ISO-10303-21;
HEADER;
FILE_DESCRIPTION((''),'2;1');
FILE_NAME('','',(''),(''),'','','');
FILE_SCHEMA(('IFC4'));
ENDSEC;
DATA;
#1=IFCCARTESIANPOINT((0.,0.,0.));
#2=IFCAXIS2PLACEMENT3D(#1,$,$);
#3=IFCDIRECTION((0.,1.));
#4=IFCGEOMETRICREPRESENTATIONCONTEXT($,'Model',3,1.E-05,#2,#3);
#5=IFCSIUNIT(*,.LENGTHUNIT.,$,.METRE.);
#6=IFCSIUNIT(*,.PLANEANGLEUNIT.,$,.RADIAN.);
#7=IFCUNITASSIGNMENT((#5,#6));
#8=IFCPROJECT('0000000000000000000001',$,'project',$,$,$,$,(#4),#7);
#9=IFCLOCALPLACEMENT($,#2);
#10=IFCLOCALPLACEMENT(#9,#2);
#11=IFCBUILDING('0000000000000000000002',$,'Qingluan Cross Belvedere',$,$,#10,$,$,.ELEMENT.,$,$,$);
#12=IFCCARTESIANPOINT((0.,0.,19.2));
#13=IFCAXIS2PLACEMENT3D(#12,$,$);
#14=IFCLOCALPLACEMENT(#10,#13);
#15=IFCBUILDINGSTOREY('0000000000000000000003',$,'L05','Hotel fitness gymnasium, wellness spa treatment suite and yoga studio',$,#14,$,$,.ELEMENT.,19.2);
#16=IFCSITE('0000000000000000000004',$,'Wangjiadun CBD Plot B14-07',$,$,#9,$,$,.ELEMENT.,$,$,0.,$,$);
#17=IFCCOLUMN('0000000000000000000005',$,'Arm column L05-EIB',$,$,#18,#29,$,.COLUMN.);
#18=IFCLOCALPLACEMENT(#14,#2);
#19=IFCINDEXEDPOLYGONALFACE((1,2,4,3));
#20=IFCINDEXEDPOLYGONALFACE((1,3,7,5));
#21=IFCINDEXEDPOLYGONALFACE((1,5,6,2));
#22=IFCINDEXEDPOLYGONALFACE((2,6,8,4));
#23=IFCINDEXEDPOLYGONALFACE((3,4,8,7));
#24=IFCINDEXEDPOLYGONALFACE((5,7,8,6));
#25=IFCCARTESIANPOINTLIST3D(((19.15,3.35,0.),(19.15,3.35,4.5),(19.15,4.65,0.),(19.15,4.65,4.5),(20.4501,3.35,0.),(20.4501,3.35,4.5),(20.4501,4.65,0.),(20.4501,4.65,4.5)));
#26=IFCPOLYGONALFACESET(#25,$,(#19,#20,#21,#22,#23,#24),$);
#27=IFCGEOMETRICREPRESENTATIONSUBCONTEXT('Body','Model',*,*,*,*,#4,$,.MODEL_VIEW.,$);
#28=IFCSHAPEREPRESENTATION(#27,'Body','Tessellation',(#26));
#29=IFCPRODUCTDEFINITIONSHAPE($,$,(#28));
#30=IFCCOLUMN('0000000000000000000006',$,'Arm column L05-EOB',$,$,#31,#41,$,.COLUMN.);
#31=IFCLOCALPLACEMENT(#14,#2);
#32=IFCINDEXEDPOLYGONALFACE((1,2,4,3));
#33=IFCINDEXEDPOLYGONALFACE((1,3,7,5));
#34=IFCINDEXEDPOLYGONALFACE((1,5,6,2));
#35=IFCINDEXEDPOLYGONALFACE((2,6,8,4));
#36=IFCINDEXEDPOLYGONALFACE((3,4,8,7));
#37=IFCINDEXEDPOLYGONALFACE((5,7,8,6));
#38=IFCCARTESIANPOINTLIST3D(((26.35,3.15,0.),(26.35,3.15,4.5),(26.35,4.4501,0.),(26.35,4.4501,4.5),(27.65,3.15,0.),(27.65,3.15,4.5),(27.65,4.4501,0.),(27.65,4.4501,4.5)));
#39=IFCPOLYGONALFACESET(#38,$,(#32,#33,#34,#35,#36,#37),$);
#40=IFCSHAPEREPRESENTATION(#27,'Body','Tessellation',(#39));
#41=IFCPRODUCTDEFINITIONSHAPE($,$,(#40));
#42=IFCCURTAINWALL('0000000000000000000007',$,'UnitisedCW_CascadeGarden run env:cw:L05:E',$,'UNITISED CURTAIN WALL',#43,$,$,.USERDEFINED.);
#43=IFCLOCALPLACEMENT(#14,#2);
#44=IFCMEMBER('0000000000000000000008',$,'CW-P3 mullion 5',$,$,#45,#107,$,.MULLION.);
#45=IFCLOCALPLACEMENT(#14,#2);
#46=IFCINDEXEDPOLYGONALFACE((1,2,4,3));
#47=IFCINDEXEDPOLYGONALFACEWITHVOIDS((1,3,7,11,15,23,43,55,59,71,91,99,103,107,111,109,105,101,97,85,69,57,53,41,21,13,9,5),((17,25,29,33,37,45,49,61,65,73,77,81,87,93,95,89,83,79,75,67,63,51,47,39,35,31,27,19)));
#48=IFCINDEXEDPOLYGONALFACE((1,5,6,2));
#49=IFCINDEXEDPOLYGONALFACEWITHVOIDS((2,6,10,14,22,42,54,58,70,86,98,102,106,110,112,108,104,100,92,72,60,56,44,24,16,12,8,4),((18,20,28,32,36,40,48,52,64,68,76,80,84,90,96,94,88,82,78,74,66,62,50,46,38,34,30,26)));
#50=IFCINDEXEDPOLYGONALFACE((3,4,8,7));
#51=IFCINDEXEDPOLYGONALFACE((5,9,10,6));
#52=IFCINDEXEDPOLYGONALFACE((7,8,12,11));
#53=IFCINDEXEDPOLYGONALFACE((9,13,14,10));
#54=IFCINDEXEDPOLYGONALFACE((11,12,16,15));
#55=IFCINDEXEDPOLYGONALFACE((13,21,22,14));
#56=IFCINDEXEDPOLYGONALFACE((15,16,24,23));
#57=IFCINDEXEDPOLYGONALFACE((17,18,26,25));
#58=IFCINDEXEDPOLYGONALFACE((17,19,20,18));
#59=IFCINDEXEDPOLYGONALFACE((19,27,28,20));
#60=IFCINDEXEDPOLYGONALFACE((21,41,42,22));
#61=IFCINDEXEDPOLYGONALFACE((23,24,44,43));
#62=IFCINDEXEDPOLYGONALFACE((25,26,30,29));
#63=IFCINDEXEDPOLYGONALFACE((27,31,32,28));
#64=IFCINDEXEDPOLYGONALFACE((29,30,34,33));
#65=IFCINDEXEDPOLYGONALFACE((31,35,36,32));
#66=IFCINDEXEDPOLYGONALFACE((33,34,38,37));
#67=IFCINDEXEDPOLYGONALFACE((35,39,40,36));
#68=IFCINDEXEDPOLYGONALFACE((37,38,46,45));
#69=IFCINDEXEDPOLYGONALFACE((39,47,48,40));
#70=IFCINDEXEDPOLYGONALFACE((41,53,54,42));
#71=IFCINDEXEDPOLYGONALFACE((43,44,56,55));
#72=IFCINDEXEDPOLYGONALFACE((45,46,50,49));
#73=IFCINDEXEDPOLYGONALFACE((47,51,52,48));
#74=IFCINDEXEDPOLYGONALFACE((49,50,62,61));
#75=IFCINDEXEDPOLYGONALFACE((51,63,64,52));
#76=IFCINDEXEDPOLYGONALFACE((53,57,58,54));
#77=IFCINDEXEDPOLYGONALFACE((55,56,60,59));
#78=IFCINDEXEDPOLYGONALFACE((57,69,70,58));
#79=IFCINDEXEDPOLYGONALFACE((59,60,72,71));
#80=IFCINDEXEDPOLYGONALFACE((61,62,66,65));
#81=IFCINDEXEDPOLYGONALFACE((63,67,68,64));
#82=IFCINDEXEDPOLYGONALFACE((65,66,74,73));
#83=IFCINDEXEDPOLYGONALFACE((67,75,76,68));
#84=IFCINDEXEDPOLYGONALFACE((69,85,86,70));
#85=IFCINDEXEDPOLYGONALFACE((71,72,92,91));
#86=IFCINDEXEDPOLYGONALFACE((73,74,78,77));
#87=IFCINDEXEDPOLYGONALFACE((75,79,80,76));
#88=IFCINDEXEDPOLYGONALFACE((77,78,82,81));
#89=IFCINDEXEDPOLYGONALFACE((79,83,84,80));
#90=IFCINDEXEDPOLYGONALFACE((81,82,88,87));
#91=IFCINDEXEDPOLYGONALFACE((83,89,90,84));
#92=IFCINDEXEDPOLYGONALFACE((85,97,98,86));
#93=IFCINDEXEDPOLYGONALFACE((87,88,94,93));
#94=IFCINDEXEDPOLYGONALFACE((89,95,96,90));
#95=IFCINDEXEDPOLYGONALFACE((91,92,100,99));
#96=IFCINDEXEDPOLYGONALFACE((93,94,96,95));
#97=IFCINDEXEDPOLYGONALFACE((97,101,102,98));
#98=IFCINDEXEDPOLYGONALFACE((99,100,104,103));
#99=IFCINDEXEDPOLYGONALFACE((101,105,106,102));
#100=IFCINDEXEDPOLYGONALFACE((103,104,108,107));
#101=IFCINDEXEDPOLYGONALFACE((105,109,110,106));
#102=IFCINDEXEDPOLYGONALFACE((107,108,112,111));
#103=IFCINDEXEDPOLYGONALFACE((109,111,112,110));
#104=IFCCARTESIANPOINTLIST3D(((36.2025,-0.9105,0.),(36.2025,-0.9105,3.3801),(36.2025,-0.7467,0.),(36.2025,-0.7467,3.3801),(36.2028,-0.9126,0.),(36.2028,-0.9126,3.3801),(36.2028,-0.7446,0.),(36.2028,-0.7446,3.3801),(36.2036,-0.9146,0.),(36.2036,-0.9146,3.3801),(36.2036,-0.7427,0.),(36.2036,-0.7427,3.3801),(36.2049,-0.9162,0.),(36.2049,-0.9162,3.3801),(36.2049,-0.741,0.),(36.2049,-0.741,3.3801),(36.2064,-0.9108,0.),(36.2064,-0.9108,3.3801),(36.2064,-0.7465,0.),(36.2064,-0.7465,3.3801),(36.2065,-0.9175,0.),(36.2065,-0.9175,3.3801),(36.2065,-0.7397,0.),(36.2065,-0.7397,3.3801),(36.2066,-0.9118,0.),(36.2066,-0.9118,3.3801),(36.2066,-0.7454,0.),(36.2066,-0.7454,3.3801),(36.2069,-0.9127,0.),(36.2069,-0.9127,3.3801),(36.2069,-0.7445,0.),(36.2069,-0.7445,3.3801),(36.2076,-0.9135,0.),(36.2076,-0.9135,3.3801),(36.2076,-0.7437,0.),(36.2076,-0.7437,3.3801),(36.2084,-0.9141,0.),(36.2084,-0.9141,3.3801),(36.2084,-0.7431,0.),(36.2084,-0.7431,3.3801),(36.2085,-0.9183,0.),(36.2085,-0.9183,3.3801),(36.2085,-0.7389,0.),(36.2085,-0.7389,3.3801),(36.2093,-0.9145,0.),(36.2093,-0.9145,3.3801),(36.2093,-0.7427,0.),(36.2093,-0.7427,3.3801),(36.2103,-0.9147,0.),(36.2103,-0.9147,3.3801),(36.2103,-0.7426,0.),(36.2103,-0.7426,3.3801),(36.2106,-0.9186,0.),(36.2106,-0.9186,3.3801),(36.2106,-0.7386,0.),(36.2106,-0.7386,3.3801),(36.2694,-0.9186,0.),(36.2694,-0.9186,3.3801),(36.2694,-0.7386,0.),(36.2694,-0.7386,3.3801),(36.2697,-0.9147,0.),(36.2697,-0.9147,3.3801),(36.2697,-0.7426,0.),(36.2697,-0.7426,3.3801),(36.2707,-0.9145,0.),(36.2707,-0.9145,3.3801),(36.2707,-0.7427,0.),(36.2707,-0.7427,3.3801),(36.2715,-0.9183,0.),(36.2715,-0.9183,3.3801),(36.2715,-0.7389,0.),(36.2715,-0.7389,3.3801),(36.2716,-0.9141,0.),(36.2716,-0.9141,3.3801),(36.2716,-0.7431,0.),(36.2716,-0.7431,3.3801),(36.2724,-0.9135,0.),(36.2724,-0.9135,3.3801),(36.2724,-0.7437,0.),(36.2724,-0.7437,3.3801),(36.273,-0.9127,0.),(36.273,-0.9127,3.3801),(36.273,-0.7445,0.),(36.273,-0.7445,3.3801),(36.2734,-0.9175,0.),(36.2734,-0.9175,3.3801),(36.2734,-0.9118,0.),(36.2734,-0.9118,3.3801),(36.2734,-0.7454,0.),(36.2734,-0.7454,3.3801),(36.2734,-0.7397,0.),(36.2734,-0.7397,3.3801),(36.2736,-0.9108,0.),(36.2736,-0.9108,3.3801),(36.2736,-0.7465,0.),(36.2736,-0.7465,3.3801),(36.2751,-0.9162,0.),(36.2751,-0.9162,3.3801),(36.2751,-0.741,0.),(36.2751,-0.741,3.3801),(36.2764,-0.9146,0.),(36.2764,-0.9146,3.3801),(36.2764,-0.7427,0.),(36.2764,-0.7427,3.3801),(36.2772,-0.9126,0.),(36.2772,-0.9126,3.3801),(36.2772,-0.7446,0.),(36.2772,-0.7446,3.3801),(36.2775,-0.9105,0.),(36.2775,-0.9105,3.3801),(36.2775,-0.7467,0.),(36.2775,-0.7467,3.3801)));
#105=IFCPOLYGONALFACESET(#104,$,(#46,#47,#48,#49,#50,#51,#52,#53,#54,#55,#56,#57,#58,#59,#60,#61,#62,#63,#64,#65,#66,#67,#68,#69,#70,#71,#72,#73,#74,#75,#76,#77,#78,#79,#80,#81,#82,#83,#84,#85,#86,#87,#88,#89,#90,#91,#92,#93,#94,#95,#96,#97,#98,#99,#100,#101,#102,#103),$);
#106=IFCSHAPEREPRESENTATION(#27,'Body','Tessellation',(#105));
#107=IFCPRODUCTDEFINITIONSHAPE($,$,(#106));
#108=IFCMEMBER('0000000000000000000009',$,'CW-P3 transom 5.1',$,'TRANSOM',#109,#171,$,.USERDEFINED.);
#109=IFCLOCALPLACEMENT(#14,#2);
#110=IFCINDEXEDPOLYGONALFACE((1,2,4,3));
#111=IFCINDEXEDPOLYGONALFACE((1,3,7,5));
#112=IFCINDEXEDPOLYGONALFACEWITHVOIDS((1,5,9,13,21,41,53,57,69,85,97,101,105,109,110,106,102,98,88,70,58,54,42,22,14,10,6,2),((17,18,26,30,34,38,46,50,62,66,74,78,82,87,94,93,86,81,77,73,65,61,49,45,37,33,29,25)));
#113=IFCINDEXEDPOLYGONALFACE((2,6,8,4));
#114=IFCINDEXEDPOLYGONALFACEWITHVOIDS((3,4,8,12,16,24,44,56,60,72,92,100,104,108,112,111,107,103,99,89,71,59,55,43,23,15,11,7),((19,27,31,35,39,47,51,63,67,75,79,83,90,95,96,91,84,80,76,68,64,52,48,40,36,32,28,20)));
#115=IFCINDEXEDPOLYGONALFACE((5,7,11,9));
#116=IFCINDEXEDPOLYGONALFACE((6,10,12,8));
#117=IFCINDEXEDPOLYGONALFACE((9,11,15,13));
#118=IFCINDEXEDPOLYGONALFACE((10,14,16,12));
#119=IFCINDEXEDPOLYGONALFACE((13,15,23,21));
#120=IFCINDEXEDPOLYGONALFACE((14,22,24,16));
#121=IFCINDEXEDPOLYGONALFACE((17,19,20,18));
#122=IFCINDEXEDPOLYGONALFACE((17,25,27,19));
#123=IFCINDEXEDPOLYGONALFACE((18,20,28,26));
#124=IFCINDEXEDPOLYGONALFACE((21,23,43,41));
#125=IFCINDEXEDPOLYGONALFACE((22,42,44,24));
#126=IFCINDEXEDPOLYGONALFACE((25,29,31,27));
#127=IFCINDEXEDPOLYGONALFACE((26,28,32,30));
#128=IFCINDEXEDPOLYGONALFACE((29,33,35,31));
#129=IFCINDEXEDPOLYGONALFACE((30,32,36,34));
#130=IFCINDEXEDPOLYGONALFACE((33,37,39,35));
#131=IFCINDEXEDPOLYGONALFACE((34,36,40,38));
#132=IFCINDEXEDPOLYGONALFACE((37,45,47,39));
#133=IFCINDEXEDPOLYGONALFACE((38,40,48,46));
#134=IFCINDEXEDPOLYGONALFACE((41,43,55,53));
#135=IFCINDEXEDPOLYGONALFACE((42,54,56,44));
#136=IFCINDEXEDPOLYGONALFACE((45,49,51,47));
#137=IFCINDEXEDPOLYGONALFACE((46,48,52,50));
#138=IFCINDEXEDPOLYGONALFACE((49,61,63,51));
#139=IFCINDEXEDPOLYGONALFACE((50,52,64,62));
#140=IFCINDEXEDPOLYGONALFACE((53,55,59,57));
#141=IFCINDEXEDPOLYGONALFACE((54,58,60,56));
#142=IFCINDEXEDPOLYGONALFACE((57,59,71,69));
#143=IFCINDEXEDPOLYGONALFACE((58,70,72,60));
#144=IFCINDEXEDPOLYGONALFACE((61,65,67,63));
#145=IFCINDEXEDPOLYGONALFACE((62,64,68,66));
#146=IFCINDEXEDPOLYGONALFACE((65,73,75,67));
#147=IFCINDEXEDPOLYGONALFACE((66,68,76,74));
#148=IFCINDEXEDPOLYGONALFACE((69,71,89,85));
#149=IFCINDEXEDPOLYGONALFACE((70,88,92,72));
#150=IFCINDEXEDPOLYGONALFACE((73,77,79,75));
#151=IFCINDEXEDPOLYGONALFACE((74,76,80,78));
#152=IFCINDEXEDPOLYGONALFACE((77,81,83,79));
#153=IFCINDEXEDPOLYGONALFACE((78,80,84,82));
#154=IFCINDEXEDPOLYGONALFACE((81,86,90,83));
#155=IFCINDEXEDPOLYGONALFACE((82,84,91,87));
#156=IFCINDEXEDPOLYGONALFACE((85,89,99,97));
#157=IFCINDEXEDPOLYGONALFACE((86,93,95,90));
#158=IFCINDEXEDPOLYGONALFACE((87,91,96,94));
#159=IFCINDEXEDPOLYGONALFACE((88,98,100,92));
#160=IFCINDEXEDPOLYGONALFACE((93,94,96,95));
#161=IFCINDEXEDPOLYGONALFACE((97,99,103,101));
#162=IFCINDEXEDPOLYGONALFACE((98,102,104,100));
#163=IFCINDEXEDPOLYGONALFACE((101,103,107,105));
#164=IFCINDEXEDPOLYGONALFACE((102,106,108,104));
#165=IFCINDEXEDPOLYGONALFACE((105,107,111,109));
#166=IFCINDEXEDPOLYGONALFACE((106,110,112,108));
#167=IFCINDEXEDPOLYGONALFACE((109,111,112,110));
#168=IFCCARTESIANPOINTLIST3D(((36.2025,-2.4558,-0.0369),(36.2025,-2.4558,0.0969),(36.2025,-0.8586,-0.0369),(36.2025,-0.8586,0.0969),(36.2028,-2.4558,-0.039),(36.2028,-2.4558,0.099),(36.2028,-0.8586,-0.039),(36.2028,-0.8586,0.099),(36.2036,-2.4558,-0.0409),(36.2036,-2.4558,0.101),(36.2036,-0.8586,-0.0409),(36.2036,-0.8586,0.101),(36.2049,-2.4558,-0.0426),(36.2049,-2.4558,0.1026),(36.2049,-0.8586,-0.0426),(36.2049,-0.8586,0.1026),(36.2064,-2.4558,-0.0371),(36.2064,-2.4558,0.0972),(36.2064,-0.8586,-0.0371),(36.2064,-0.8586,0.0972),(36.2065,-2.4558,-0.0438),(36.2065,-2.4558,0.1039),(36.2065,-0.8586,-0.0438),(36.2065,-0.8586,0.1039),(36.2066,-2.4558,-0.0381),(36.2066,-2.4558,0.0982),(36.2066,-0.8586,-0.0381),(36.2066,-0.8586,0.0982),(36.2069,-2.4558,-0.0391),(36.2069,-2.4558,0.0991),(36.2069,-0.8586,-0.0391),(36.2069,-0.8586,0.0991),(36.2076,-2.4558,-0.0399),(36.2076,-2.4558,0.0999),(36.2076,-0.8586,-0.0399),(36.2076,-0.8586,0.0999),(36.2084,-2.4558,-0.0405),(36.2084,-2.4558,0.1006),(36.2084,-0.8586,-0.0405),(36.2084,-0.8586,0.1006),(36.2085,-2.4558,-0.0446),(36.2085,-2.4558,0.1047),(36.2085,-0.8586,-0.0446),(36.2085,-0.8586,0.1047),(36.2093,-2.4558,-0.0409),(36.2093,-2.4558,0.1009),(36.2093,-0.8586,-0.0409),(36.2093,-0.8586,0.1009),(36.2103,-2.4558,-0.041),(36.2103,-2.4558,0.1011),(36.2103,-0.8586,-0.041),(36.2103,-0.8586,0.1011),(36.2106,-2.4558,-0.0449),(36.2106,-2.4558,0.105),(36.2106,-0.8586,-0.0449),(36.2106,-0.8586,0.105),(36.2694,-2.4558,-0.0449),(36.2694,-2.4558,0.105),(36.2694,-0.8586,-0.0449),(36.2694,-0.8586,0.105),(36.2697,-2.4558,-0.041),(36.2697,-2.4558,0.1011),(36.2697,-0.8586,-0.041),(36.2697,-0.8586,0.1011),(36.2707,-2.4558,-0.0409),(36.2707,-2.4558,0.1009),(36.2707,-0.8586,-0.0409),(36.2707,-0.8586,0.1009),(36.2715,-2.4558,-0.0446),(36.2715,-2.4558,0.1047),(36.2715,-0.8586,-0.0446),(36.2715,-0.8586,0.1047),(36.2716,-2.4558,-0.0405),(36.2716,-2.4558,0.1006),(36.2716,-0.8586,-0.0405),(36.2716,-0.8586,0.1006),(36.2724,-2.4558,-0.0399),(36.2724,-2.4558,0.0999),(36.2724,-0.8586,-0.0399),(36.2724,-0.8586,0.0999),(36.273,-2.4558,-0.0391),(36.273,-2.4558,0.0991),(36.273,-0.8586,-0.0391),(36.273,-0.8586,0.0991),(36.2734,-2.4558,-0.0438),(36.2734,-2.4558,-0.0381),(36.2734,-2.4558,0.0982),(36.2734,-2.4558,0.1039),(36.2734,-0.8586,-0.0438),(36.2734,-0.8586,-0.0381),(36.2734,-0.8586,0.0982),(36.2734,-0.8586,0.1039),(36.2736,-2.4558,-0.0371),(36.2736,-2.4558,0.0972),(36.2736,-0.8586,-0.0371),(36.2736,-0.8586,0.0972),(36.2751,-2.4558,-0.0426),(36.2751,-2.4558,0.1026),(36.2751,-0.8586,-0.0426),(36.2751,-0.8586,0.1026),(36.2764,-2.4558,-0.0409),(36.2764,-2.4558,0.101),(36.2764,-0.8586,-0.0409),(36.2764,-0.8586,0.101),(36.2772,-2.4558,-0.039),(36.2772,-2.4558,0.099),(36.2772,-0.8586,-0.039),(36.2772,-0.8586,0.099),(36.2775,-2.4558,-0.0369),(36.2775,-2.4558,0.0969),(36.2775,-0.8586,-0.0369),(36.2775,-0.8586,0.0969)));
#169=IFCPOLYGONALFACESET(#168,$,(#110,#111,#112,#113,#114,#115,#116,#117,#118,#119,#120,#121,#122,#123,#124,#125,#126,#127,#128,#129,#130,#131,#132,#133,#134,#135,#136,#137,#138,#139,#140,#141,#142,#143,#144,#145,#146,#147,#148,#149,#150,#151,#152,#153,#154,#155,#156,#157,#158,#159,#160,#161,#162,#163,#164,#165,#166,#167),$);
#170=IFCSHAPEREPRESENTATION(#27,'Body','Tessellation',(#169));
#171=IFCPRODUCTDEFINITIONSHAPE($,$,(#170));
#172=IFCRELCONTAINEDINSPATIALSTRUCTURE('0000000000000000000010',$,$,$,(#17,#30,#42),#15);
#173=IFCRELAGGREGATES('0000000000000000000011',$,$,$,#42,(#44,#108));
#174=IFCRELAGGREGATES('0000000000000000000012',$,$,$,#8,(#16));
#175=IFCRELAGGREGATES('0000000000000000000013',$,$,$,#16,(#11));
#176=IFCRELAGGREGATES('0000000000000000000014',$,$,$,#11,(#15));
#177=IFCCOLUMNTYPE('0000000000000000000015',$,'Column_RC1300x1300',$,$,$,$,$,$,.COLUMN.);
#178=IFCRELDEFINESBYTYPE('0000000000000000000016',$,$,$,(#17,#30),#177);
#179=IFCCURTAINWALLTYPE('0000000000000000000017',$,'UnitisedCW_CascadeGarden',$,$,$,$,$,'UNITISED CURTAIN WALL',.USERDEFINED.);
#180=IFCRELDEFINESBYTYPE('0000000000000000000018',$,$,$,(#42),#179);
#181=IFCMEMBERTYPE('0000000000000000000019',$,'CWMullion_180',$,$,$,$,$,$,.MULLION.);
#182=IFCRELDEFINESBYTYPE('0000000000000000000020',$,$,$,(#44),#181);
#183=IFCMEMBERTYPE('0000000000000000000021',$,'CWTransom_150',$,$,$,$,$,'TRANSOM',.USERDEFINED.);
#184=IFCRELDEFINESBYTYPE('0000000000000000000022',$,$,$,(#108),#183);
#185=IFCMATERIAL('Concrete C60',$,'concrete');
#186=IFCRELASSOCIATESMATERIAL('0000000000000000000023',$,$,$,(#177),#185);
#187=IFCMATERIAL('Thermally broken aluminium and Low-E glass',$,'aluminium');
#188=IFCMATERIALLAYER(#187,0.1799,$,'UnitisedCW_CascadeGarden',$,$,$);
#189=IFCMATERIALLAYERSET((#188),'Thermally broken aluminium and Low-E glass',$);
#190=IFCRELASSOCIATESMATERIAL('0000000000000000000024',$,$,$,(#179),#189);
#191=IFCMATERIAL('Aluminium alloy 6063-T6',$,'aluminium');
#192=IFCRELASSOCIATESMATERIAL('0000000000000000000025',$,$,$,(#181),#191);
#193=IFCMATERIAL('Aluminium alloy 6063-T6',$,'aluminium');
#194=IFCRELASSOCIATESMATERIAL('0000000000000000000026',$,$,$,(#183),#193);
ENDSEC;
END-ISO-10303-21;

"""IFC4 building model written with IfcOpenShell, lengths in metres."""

from ifc_helpers import new_model, si_unit, direction, frame, origin, origin_2d, place, context, subcontext, project, spatial, rectangle, hollow_rectangle, extrude, material, layer, layer_set, material_profile, profile_set, type_object, element, aggregate, save


model = new_model("IFC4")

# Units and contexts
model_context = context("Model", 3, precision=1e-05, world=origin(), true_north=direction((0.0, 1.0)))
body_context = subcontext(model_context, "Body", "Model", "MODEL_VIEW")
ifc_project = project(units=[si_unit("LENGTHUNIT", "METRE"), si_unit("PLANEANGLEUNIT", "RADIAN")], contexts=[model_context])

# Site, building, storey
site_placement = place(None, origin())
site = spatial("IfcSite", under=ifc_project, at=site_placement, Name="Wangjiadun CBD Plot B14-07", CompositionType="ELEMENT", RefElevation=0.0)
building_placement = place(site_placement, origin())
building = spatial("IfcBuilding", under=site, at=building_placement, Name="Qingluan Cross Belvedere", CompositionType="ELEMENT")
storey_placement = place(building_placement, frame((0.0, 0.0, 19.2)))
storey = spatial("IfcBuildingStorey", under=building, at=storey_placement, Name="L05", Description="Hotel fitness gymnasium, wellness spa treatment suite and yoga studio", CompositionType="ELEMENT", Elevation=19.2)

# Columns
ifc_material_1 = material(Name="Concrete C60", Category="concrete")
ifc_material_profile_1 = material_profile(ifc_material_1, rectangle(XDim=1.3, YDim=1.3, at=origin_2d()), Name="RC1300x1300")
ifc_profile_set_1 = profile_set([ifc_material_profile_1], Name="Concrete C60")
column_type = type_object("IfcColumnType", Name="Column_RC1300x1300", PredefinedType="COLUMN", material=ifc_profile_set_1)
for number, where, z_axis, x_axis, name in (
    (1, (19.8, 4.0, 0.0), (0.0, 0.0, 1.0), (1.0, 0.0, 0.0), "Arm column L05-EIB"),
    (2, (27.0, 3.8, 0.0), (0.0, 0.0, 1.0), (1.0, 0.0, 0.0), "Arm column L05-EOB"),
):
    element("IfcColumn", number, at=place(storey_placement, frame(where, z_axis=z_axis, x_axis=x_axis)), inside=storey, type_object=column_type, Name=name, PredefinedType="COLUMN", context=body_context, shape_type="SweptSolid", body=[
        extrude(rectangle(XDim=1.3, YDim=1.3, at=origin_2d()), origin(), (0.0, 0.0, 1.0), 4.5),
    ])

# Curtain wall, members
ifc_material_2 = material(Name="Thermally broken aluminium and Low-E glass", Category="aluminium")
ifc_layer_1 = layer(ifc_material_2, 0.1799, Name="UnitisedCW_CascadeGarden")
ifc_layer_set_1 = layer_set([ifc_layer_1], Name="Thermally broken aluminium and Low-E glass")
curtain_wall_type = type_object("IfcCurtainWallType", Name="UnitisedCW_CascadeGarden", ElementType="UNITISED CURTAIN WALL", PredefinedType="USERDEFINED", material=ifc_layer_set_1)
curtain_wall_placement = place(storey_placement, origin())
curtain_wall = element("IfcCurtainWall", 3, at=curtain_wall_placement, inside=storey, type_object=curtain_wall_type, Name="UnitisedCW_CascadeGarden run env:cw:L05:E", ObjectType="UNITISED CURTAIN WALL", PredefinedType="USERDEFINED")
ifc_material_3 = material(Name="Aluminium alloy 6063-T6", Category="aluminium")
ifc_material_profile_2 = material_profile(ifc_material_3, hollow_rectangle(XDim=0.075, YDim=0.1799, WallThickness=0.0039, InnerFilletRadius=0.0039, OuterFilletRadius=0.0081, at=origin_2d()), Name="CWM180x75x4")
ifc_profile_set_2 = profile_set([ifc_material_profile_2], Name="Aluminium alloy 6063-T6")
member_type_1 = type_object("IfcMemberType", Name="CWMullion_180", PredefinedType="MULLION", material=ifc_profile_set_2)
member_1_placement = place(storey_placement, frame((36.24, -0.8286, 0.0), z_axis=(0.0, 0.0, 1.0), x_axis=(1.0, 0.0, 0.0)))
member_1 = element("IfcMember", 4, at=member_1_placement, type_object=member_type_1, Name="CW-P3 mullion 5", PredefinedType="MULLION", context=body_context, shape_type="SweptSolid", body=[
    extrude(hollow_rectangle(XDim=0.075, YDim=0.1799, WallThickness=0.0039, InnerFilletRadius=0.0039, OuterFilletRadius=0.0081, at=origin_2d()), origin(), (0.0, 0.0, 1.0), 3.3801),
])
ifc_material_4 = material(Name="Aluminium alloy 6063-T6", Category="aluminium")
ifc_material_profile_3 = material_profile(ifc_material_4, hollow_rectangle(XDim=0.075, YDim=0.1499, WallThickness=0.0039, InnerFilletRadius=0.0039, OuterFilletRadius=0.0081, at=origin_2d()), Name="CWT150x75x4")
ifc_profile_set_3 = profile_set([ifc_material_profile_3], Name="Aluminium alloy 6063-T6")
member_type_2 = type_object("IfcMemberType", Name="CWTransom_150", ElementType="TRANSOM", PredefinedType="USERDEFINED", material=ifc_profile_set_3)
member_2_placement = place(storey_placement, frame((36.24, -0.8586, 0.03), z_axis=(0.0, -1.0, 0.0), x_axis=(1.0, 0.0, 0.0)))
member_2 = element("IfcMember", 5, at=member_2_placement, type_object=member_type_2, Name="CW-P3 transom 5.1", ObjectType="TRANSOM", PredefinedType="USERDEFINED", context=body_context, shape_type="SweptSolid", body=[
    extrude(hollow_rectangle(XDim=0.075, YDim=0.1499, WallThickness=0.0039, InnerFilletRadius=0.0039, OuterFilletRadius=0.0081, at=origin_2d()), origin(), (0.0, 0.0, 1.0), 1.5972),
])

aggregate(curtain_wall, [member_1, member_2])

save(model, "model.ifc")
